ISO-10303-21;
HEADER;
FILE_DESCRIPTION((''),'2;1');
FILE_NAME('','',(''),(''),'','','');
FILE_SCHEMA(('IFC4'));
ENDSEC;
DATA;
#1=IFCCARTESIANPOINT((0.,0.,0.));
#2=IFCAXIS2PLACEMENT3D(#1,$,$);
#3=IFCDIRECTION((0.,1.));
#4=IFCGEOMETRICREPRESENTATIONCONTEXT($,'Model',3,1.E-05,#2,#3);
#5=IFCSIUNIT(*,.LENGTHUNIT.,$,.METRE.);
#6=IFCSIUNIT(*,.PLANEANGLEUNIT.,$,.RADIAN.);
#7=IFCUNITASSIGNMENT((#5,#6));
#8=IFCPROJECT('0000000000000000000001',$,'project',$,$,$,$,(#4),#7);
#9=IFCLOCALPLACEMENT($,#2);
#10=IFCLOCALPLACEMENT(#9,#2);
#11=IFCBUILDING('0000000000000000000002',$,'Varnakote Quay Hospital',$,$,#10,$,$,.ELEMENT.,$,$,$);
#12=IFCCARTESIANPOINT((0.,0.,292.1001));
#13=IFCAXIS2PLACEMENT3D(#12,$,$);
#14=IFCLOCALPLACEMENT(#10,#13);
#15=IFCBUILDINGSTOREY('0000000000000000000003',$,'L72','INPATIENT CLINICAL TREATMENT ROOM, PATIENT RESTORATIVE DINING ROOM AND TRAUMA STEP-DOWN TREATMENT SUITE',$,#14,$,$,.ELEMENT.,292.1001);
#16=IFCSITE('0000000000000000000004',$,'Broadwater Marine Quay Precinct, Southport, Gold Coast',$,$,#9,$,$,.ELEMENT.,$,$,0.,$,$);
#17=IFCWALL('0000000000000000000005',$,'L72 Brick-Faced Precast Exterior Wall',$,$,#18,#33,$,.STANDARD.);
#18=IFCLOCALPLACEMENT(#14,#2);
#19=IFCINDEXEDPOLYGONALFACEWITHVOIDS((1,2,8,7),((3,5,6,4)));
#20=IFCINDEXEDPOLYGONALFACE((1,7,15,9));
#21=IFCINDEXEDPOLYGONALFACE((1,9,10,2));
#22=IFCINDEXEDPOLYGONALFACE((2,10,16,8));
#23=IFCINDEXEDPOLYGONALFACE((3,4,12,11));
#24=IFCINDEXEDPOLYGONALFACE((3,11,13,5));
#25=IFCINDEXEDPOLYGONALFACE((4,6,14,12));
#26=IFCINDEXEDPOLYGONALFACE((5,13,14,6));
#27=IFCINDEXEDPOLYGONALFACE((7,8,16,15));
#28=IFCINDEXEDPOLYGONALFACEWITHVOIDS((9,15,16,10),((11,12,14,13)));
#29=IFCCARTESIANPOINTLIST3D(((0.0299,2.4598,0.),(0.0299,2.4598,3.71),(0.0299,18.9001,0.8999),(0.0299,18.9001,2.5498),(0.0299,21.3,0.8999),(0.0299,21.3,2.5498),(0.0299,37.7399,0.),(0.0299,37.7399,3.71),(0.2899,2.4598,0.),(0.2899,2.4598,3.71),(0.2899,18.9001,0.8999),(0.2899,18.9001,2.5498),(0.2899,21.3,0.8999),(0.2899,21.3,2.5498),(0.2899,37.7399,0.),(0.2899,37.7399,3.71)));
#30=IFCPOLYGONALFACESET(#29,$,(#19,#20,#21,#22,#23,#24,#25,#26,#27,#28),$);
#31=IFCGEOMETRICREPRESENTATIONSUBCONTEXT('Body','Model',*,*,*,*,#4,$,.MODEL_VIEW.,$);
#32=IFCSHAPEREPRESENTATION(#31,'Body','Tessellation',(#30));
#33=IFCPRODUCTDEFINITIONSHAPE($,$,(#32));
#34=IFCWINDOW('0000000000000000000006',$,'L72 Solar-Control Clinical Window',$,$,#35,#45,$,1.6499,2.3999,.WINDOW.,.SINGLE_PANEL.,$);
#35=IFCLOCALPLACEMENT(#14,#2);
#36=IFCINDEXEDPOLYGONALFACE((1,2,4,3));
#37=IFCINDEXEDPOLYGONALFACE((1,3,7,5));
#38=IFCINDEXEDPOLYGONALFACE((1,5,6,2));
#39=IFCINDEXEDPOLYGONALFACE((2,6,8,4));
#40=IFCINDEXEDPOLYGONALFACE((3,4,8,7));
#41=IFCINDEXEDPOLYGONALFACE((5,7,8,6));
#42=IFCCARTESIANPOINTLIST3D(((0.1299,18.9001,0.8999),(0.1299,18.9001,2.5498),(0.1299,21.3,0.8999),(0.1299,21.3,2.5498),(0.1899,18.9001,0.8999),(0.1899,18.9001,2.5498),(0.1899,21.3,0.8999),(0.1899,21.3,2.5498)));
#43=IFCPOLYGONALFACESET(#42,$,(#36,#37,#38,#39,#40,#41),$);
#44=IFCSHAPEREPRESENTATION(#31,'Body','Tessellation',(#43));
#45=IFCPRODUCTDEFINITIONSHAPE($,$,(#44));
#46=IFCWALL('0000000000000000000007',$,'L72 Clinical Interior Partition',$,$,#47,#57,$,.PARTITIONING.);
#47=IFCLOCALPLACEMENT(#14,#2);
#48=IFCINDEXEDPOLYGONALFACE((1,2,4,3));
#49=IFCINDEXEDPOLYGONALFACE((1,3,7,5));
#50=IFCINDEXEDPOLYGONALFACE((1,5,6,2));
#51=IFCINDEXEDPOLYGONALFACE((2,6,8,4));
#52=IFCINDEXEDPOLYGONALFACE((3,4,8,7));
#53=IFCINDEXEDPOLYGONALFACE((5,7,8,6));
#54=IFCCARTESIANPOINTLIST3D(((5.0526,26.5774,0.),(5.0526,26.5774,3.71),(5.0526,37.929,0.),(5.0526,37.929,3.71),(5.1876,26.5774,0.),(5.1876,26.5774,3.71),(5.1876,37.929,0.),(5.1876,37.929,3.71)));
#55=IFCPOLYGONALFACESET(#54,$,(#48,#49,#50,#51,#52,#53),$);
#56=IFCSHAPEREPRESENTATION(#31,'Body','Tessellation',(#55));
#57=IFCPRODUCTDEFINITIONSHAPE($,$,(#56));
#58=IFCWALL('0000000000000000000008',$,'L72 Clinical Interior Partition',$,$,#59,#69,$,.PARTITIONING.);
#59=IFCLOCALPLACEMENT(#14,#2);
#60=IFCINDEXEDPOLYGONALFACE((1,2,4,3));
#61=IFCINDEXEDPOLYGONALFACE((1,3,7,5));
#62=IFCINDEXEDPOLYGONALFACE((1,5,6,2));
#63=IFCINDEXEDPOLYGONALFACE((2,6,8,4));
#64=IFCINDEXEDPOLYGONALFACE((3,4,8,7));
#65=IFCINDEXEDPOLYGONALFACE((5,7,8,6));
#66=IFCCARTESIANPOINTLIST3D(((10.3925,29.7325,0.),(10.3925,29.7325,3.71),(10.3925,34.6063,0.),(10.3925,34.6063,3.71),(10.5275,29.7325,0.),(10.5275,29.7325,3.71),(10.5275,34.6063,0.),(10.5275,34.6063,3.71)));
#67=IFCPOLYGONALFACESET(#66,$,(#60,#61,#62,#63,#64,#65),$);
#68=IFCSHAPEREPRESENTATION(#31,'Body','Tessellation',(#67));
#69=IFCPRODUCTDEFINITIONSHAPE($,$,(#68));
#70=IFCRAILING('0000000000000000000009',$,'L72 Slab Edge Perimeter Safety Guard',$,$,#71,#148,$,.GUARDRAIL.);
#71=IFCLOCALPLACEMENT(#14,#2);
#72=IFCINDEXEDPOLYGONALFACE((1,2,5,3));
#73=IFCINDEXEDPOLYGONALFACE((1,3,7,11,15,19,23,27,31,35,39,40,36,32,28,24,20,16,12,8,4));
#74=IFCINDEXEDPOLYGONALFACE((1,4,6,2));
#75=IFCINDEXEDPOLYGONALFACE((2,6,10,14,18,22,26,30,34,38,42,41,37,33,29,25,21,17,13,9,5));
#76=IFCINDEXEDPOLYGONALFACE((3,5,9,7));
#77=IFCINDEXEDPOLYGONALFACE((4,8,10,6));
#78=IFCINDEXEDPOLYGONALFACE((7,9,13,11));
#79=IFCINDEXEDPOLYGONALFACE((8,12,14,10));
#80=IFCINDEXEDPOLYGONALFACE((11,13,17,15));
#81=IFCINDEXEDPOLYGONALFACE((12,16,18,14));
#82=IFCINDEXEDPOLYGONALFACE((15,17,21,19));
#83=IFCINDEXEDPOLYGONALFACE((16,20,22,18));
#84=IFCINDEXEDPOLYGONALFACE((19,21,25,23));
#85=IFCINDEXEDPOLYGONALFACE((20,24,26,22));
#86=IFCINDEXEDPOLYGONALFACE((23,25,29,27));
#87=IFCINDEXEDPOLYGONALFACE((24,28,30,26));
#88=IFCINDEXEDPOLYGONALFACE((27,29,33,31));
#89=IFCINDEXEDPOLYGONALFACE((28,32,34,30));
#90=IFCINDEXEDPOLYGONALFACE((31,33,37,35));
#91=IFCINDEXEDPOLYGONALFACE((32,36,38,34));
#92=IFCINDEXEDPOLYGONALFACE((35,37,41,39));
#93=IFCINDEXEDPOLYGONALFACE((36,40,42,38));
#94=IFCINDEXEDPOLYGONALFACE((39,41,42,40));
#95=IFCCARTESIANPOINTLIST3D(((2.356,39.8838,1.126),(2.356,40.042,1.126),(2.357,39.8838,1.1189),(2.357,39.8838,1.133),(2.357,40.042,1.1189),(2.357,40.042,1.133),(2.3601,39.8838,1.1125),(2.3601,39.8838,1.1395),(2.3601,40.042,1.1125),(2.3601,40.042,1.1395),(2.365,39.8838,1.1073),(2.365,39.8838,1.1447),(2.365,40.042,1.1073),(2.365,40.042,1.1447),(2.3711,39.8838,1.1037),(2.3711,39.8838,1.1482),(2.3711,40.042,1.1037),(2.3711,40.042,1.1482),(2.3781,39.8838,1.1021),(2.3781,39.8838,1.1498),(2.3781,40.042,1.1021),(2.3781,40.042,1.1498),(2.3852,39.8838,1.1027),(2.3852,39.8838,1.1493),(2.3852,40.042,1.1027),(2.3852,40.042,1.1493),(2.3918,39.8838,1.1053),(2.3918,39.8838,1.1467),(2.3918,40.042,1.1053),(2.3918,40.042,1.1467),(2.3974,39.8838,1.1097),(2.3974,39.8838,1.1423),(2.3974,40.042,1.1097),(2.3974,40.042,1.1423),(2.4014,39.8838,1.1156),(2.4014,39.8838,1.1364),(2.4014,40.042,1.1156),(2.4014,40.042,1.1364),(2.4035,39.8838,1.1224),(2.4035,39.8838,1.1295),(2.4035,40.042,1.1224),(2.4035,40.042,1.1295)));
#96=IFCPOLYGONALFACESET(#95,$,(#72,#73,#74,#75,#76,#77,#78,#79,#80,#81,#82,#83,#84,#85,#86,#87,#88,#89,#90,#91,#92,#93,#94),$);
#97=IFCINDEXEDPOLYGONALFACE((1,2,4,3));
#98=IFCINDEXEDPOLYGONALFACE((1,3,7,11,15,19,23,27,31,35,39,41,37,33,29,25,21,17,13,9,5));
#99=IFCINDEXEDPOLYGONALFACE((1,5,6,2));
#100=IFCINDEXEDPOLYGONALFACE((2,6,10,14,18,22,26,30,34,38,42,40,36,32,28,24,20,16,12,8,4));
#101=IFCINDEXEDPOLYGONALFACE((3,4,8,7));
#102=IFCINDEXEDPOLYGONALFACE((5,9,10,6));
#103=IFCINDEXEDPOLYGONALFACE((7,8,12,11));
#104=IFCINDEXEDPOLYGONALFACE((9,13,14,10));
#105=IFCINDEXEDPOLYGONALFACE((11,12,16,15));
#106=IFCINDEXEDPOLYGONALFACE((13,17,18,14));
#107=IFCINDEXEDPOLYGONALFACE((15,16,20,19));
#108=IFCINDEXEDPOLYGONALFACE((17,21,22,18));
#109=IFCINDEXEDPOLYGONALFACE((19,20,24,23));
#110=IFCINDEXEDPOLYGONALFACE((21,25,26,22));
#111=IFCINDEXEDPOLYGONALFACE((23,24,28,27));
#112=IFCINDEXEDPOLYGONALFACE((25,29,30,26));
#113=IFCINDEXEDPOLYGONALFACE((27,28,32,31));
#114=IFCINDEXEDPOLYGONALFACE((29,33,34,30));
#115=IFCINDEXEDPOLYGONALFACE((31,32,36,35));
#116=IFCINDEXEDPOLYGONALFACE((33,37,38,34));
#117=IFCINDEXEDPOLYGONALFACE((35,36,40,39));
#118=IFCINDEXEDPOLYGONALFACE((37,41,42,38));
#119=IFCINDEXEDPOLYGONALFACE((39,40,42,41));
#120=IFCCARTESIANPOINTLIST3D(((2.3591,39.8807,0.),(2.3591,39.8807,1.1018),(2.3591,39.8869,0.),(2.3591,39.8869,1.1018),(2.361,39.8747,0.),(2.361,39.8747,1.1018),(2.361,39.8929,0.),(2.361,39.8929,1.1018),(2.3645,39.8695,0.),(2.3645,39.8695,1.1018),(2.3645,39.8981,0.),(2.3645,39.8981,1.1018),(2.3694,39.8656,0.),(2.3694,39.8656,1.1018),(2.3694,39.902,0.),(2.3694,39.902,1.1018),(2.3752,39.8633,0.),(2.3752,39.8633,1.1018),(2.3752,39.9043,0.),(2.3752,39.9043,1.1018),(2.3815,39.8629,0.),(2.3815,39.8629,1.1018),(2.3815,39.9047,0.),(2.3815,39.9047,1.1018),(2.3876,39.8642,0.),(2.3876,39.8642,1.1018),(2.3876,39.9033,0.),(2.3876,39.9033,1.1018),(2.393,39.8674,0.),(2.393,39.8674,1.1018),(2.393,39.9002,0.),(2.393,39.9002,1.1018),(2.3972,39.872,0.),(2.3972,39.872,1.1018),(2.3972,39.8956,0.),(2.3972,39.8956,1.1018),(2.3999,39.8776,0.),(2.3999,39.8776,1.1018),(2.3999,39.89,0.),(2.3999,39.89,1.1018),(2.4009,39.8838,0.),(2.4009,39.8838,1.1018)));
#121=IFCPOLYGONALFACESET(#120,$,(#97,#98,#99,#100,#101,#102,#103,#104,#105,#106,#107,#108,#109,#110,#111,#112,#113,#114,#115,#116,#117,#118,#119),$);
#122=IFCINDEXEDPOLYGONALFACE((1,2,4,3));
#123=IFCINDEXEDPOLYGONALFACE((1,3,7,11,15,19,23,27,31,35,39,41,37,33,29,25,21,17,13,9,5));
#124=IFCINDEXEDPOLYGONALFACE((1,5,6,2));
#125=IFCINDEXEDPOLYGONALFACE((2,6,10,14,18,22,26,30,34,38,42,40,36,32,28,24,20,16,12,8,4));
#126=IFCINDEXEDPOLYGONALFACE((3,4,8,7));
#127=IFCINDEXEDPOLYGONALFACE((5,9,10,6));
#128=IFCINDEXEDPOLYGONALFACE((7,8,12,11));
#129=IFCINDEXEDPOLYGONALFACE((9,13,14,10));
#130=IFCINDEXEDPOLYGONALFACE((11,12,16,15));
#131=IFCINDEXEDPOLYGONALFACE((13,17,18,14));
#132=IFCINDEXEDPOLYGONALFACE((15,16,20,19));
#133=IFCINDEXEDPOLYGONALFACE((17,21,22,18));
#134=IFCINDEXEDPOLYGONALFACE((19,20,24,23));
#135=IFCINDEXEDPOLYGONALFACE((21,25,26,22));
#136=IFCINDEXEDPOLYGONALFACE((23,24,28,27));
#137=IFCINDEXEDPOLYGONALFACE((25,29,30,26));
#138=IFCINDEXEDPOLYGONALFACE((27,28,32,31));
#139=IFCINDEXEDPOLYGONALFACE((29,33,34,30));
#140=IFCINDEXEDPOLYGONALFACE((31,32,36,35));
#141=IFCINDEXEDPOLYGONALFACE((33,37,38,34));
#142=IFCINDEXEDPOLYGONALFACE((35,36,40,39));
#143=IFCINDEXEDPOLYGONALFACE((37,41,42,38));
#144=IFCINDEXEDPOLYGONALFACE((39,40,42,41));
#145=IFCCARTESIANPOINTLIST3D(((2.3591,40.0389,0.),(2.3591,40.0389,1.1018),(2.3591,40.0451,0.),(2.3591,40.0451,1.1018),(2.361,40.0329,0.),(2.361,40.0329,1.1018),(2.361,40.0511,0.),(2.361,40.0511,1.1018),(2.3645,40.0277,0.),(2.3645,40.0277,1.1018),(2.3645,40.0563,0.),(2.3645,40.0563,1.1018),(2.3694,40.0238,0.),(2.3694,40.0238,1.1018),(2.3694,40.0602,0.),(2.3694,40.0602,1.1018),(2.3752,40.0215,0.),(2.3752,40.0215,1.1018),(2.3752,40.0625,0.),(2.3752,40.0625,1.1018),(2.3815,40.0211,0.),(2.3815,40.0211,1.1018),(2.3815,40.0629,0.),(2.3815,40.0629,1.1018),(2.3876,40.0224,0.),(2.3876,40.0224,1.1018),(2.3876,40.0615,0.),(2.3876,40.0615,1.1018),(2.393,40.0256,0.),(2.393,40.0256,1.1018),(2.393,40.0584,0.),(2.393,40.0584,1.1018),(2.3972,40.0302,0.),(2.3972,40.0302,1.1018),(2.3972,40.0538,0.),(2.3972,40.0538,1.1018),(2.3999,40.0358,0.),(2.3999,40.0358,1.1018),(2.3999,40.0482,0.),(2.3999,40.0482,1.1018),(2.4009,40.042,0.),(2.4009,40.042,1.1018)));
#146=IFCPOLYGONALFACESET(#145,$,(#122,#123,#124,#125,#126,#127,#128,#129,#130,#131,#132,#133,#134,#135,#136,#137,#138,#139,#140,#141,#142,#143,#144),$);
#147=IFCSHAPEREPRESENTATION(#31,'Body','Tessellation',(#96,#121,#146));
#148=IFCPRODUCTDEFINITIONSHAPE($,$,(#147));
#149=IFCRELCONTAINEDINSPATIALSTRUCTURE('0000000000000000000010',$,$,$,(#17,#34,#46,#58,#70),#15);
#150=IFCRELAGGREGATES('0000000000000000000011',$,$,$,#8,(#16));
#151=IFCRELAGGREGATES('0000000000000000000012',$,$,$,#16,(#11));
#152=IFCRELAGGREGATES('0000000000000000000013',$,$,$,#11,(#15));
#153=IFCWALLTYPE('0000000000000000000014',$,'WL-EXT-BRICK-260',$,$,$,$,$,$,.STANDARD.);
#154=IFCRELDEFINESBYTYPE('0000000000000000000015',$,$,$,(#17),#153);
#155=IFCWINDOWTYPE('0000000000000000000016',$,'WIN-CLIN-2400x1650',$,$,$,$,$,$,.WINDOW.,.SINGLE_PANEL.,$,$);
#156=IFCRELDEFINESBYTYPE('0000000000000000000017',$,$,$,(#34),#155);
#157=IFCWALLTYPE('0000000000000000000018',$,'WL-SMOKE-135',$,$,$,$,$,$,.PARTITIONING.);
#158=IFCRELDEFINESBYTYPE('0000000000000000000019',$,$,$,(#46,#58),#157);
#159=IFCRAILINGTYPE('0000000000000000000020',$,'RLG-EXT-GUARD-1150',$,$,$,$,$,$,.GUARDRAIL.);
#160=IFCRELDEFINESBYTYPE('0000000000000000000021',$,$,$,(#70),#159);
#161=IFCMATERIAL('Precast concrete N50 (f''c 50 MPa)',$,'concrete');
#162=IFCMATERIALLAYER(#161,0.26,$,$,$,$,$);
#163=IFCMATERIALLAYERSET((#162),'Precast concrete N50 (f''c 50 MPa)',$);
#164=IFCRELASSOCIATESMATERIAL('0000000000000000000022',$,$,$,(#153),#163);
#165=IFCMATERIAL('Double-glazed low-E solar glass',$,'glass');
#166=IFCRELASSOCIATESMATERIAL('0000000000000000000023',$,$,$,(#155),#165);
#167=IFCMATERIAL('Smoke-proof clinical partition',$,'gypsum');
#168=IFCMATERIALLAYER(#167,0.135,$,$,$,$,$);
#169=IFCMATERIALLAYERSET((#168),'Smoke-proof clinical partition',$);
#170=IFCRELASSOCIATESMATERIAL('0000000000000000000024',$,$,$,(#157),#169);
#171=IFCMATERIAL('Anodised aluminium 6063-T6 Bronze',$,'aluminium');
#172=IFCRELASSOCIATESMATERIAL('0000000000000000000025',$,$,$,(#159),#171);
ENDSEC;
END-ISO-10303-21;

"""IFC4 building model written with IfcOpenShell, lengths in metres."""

from ifc_helpers import new_model, si_unit, direction, frame, frame_2d, origin, origin_2d, place, context, subcontext, project, spatial, rectangle, circle, extrude, material, layer, layer_set, type_object, element, fill, save


model = new_model("IFC4")

# Units and contexts
model_context = context("Model", 3, precision=1e-05, world=origin(), true_north=direction((0.0, 1.0)))
body_context = subcontext(model_context, "Body", "Model", "MODEL_VIEW")
ifc_project = project(units=[si_unit("LENGTHUNIT", "METRE"), si_unit("PLANEANGLEUNIT", "RADIAN")], contexts=[model_context])

# Site, building, storey
site_placement = place(None, origin())
site = spatial("IfcSite", under=ifc_project, at=site_placement, Name="Broadwater Marine Quay Precinct, Southport, Gold Coast", CompositionType="ELEMENT", RefElevation=0.0)
building_placement = place(site_placement, origin())
building = spatial("IfcBuilding", under=site, at=building_placement, Name="Varnakote Quay Hospital", CompositionType="ELEMENT")
storey_placement = place(building_placement, frame((0.0, 0.0, 292.1001)))
storey = spatial("IfcBuildingStorey", under=building, at=storey_placement, Name="L72", Description="INPATIENT CLINICAL TREATMENT ROOM, PATIENT RESTORATIVE DINING ROOM AND TRAUMA STEP-DOWN TREATMENT SUITE", CompositionType="ELEMENT", Elevation=292.1001)

# Shared definitions
ifc_material_1 = material(Name="Precast concrete N50 (f'c 50 MPa)", Category="concrete")
ifc_layer_1 = layer(ifc_material_1, 0.26)
ifc_layer_set_1 = layer_set([ifc_layer_1], Name="Precast concrete N50 (f'c 50 MPa)")
wall_type_1 = type_object("IfcWallType", Name="WL-EXT-BRICK-260", PredefinedType="STANDARD", material=ifc_layer_set_1)
ifc_material_2 = material(Name="Double-glazed low-E solar glass", Category="glass")
window_type = type_object("IfcWindowType", Name="WIN-CLIN-2400x1650", PartitioningType="SINGLE_PANEL", PredefinedType="WINDOW", material=ifc_material_2)

# Wall, opening, window
wall_1_placement = place(storey_placement, frame((0.1599, 37.74, 0.0), z_axis=(0.0, 0.0, 1.0), x_axis=(0.0, -1.0, 0.0)))
wall_1 = element("IfcWall", 1, at=wall_1_placement, inside=storey, type_object=wall_type_1, Name="L72 Brick-Faced Precast Exterior Wall", PredefinedType="STANDARD", context=body_context, shape_type="SweptSolid", body=[
    extrude(rectangle(XDim=35.28, YDim=0.26, at=frame_2d((17.6401, 0.0))), origin(), (0.0, 0.0, 1.0), 3.71),
])
opening_1_placement = place(wall_1_placement, frame((16.4399, 0.0, 0.8999)))
opening_1 = element("IfcOpeningElement", 2, at=opening_1_placement, cuts=wall_1, PredefinedType="OPENING", context=body_context, shape_type="SweptSolid", body=[
    extrude(rectangle(XDim=2.3999, YDim=1.6499, at=frame_2d((1.2, 0.825))), frame((0.0, 0.1399, 0.0), z_axis=(0.0, -1.0, 0.0), x_axis=(1.0, 0.0, 0.0)), (0.0, 0.0, 1.0), 0.28),
])
window_1_placement = place(opening_1_placement, origin())
window_1 = element("IfcWindow", 3, at=window_1_placement, inside=storey, type_object=window_type, Name="L72 Solar-Control Clinical Window", OverallHeight=1.6499, OverallWidth=2.3999, PartitioningType="SINGLE_PANEL", PredefinedType="WINDOW", context=body_context, shape_type="SweptSolid", body=[
    extrude(rectangle(XDim=2.3999, YDim=1.6499, at=frame_2d((1.2, 0.825))), frame((0.0, 0.03, 0.0), z_axis=(0.0, -1.0, 0.0), x_axis=(1.0, 0.0, 0.0)), (0.0, 0.0, 1.0), 0.0601),
])
fill(opening_1, window_1)

# Walls
ifc_material_3 = material(Name="Smoke-proof clinical partition", Category="gypsum")
ifc_layer_2 = layer(ifc_material_3, 0.135)
ifc_layer_set_2 = layer_set([ifc_layer_2], Name="Smoke-proof clinical partition")
wall_type_2 = type_object("IfcWallType", Name="WL-SMOKE-135", PredefinedType="PARTITIONING", material=ifc_layer_set_2)
wall_2_placement = place(storey_placement, frame((5.1201, 26.5774, 0.0), z_axis=(0.0, 0.0, 1.0), x_axis=(0.0, 1.0, 0.0)))
element("IfcWall", 4, at=wall_2_placement, inside=storey, type_object=wall_type_2, Name="L72 Clinical Interior Partition", PredefinedType="PARTITIONING", context=body_context, shape_type="SweptSolid", body=[
    extrude(rectangle(XDim=11.3516, YDim=0.135, at=frame_2d((5.6758, 0.0))), origin(), (0.0, 0.0, 1.0), 3.71),
])
wall_3_placement = place(storey_placement, frame((10.46, 29.7324, 0.0), z_axis=(0.0, 0.0, 1.0), x_axis=(0.0, 1.0, 0.0)))
element("IfcWall", 5, at=wall_3_placement, inside=storey, type_object=wall_type_2, Name="L72 Clinical Interior Partition", PredefinedType="PARTITIONING", context=body_context, shape_type="SweptSolid", body=[
    extrude(rectangle(XDim=4.8738, YDim=0.135, at=frame_2d((2.437, 0.0))), origin(), (0.0, 0.0, 1.0), 3.71),
])

# Railing
ifc_material_4 = material(Name="Anodised aluminium 6063-T6 Bronze", Category="aluminium")
railing_type = type_object("IfcRailingType", Name="RLG-EXT-GUARD-1150", PredefinedType="GUARDRAIL", material=ifc_material_4)
railing_1_placement = place(storey_placement, frame((2.3799, 39.8838, 0.0)))
element("IfcRailing", 6, at=railing_1_placement, inside=storey, type_object=railing_type, Name="L72 Slab Edge Perimeter Safety Guard", PredefinedType="GUARDRAIL", context=body_context, shape_type="SweptSolid", body=[
    extrude(circle(Radius=0.0239, at=origin_2d()), frame((0.0, 0.0, 1.126), z_axis=(0.0, 1.0, 0.0), x_axis=(-1.0, 0.0, 0.0)), (0.0, 0.0, 1.0), 0.1582),
    extrude(circle(Radius=0.021, at=origin_2d()), origin(), (0.0, 0.0, 1.0), 1.1018),
    extrude(circle(Radius=0.021, at=origin_2d()), frame((0.0, 0.1582, 0.0)), (0.0, 0.0, 1.0), 1.1018),
])

save(model, "model.ifc")
